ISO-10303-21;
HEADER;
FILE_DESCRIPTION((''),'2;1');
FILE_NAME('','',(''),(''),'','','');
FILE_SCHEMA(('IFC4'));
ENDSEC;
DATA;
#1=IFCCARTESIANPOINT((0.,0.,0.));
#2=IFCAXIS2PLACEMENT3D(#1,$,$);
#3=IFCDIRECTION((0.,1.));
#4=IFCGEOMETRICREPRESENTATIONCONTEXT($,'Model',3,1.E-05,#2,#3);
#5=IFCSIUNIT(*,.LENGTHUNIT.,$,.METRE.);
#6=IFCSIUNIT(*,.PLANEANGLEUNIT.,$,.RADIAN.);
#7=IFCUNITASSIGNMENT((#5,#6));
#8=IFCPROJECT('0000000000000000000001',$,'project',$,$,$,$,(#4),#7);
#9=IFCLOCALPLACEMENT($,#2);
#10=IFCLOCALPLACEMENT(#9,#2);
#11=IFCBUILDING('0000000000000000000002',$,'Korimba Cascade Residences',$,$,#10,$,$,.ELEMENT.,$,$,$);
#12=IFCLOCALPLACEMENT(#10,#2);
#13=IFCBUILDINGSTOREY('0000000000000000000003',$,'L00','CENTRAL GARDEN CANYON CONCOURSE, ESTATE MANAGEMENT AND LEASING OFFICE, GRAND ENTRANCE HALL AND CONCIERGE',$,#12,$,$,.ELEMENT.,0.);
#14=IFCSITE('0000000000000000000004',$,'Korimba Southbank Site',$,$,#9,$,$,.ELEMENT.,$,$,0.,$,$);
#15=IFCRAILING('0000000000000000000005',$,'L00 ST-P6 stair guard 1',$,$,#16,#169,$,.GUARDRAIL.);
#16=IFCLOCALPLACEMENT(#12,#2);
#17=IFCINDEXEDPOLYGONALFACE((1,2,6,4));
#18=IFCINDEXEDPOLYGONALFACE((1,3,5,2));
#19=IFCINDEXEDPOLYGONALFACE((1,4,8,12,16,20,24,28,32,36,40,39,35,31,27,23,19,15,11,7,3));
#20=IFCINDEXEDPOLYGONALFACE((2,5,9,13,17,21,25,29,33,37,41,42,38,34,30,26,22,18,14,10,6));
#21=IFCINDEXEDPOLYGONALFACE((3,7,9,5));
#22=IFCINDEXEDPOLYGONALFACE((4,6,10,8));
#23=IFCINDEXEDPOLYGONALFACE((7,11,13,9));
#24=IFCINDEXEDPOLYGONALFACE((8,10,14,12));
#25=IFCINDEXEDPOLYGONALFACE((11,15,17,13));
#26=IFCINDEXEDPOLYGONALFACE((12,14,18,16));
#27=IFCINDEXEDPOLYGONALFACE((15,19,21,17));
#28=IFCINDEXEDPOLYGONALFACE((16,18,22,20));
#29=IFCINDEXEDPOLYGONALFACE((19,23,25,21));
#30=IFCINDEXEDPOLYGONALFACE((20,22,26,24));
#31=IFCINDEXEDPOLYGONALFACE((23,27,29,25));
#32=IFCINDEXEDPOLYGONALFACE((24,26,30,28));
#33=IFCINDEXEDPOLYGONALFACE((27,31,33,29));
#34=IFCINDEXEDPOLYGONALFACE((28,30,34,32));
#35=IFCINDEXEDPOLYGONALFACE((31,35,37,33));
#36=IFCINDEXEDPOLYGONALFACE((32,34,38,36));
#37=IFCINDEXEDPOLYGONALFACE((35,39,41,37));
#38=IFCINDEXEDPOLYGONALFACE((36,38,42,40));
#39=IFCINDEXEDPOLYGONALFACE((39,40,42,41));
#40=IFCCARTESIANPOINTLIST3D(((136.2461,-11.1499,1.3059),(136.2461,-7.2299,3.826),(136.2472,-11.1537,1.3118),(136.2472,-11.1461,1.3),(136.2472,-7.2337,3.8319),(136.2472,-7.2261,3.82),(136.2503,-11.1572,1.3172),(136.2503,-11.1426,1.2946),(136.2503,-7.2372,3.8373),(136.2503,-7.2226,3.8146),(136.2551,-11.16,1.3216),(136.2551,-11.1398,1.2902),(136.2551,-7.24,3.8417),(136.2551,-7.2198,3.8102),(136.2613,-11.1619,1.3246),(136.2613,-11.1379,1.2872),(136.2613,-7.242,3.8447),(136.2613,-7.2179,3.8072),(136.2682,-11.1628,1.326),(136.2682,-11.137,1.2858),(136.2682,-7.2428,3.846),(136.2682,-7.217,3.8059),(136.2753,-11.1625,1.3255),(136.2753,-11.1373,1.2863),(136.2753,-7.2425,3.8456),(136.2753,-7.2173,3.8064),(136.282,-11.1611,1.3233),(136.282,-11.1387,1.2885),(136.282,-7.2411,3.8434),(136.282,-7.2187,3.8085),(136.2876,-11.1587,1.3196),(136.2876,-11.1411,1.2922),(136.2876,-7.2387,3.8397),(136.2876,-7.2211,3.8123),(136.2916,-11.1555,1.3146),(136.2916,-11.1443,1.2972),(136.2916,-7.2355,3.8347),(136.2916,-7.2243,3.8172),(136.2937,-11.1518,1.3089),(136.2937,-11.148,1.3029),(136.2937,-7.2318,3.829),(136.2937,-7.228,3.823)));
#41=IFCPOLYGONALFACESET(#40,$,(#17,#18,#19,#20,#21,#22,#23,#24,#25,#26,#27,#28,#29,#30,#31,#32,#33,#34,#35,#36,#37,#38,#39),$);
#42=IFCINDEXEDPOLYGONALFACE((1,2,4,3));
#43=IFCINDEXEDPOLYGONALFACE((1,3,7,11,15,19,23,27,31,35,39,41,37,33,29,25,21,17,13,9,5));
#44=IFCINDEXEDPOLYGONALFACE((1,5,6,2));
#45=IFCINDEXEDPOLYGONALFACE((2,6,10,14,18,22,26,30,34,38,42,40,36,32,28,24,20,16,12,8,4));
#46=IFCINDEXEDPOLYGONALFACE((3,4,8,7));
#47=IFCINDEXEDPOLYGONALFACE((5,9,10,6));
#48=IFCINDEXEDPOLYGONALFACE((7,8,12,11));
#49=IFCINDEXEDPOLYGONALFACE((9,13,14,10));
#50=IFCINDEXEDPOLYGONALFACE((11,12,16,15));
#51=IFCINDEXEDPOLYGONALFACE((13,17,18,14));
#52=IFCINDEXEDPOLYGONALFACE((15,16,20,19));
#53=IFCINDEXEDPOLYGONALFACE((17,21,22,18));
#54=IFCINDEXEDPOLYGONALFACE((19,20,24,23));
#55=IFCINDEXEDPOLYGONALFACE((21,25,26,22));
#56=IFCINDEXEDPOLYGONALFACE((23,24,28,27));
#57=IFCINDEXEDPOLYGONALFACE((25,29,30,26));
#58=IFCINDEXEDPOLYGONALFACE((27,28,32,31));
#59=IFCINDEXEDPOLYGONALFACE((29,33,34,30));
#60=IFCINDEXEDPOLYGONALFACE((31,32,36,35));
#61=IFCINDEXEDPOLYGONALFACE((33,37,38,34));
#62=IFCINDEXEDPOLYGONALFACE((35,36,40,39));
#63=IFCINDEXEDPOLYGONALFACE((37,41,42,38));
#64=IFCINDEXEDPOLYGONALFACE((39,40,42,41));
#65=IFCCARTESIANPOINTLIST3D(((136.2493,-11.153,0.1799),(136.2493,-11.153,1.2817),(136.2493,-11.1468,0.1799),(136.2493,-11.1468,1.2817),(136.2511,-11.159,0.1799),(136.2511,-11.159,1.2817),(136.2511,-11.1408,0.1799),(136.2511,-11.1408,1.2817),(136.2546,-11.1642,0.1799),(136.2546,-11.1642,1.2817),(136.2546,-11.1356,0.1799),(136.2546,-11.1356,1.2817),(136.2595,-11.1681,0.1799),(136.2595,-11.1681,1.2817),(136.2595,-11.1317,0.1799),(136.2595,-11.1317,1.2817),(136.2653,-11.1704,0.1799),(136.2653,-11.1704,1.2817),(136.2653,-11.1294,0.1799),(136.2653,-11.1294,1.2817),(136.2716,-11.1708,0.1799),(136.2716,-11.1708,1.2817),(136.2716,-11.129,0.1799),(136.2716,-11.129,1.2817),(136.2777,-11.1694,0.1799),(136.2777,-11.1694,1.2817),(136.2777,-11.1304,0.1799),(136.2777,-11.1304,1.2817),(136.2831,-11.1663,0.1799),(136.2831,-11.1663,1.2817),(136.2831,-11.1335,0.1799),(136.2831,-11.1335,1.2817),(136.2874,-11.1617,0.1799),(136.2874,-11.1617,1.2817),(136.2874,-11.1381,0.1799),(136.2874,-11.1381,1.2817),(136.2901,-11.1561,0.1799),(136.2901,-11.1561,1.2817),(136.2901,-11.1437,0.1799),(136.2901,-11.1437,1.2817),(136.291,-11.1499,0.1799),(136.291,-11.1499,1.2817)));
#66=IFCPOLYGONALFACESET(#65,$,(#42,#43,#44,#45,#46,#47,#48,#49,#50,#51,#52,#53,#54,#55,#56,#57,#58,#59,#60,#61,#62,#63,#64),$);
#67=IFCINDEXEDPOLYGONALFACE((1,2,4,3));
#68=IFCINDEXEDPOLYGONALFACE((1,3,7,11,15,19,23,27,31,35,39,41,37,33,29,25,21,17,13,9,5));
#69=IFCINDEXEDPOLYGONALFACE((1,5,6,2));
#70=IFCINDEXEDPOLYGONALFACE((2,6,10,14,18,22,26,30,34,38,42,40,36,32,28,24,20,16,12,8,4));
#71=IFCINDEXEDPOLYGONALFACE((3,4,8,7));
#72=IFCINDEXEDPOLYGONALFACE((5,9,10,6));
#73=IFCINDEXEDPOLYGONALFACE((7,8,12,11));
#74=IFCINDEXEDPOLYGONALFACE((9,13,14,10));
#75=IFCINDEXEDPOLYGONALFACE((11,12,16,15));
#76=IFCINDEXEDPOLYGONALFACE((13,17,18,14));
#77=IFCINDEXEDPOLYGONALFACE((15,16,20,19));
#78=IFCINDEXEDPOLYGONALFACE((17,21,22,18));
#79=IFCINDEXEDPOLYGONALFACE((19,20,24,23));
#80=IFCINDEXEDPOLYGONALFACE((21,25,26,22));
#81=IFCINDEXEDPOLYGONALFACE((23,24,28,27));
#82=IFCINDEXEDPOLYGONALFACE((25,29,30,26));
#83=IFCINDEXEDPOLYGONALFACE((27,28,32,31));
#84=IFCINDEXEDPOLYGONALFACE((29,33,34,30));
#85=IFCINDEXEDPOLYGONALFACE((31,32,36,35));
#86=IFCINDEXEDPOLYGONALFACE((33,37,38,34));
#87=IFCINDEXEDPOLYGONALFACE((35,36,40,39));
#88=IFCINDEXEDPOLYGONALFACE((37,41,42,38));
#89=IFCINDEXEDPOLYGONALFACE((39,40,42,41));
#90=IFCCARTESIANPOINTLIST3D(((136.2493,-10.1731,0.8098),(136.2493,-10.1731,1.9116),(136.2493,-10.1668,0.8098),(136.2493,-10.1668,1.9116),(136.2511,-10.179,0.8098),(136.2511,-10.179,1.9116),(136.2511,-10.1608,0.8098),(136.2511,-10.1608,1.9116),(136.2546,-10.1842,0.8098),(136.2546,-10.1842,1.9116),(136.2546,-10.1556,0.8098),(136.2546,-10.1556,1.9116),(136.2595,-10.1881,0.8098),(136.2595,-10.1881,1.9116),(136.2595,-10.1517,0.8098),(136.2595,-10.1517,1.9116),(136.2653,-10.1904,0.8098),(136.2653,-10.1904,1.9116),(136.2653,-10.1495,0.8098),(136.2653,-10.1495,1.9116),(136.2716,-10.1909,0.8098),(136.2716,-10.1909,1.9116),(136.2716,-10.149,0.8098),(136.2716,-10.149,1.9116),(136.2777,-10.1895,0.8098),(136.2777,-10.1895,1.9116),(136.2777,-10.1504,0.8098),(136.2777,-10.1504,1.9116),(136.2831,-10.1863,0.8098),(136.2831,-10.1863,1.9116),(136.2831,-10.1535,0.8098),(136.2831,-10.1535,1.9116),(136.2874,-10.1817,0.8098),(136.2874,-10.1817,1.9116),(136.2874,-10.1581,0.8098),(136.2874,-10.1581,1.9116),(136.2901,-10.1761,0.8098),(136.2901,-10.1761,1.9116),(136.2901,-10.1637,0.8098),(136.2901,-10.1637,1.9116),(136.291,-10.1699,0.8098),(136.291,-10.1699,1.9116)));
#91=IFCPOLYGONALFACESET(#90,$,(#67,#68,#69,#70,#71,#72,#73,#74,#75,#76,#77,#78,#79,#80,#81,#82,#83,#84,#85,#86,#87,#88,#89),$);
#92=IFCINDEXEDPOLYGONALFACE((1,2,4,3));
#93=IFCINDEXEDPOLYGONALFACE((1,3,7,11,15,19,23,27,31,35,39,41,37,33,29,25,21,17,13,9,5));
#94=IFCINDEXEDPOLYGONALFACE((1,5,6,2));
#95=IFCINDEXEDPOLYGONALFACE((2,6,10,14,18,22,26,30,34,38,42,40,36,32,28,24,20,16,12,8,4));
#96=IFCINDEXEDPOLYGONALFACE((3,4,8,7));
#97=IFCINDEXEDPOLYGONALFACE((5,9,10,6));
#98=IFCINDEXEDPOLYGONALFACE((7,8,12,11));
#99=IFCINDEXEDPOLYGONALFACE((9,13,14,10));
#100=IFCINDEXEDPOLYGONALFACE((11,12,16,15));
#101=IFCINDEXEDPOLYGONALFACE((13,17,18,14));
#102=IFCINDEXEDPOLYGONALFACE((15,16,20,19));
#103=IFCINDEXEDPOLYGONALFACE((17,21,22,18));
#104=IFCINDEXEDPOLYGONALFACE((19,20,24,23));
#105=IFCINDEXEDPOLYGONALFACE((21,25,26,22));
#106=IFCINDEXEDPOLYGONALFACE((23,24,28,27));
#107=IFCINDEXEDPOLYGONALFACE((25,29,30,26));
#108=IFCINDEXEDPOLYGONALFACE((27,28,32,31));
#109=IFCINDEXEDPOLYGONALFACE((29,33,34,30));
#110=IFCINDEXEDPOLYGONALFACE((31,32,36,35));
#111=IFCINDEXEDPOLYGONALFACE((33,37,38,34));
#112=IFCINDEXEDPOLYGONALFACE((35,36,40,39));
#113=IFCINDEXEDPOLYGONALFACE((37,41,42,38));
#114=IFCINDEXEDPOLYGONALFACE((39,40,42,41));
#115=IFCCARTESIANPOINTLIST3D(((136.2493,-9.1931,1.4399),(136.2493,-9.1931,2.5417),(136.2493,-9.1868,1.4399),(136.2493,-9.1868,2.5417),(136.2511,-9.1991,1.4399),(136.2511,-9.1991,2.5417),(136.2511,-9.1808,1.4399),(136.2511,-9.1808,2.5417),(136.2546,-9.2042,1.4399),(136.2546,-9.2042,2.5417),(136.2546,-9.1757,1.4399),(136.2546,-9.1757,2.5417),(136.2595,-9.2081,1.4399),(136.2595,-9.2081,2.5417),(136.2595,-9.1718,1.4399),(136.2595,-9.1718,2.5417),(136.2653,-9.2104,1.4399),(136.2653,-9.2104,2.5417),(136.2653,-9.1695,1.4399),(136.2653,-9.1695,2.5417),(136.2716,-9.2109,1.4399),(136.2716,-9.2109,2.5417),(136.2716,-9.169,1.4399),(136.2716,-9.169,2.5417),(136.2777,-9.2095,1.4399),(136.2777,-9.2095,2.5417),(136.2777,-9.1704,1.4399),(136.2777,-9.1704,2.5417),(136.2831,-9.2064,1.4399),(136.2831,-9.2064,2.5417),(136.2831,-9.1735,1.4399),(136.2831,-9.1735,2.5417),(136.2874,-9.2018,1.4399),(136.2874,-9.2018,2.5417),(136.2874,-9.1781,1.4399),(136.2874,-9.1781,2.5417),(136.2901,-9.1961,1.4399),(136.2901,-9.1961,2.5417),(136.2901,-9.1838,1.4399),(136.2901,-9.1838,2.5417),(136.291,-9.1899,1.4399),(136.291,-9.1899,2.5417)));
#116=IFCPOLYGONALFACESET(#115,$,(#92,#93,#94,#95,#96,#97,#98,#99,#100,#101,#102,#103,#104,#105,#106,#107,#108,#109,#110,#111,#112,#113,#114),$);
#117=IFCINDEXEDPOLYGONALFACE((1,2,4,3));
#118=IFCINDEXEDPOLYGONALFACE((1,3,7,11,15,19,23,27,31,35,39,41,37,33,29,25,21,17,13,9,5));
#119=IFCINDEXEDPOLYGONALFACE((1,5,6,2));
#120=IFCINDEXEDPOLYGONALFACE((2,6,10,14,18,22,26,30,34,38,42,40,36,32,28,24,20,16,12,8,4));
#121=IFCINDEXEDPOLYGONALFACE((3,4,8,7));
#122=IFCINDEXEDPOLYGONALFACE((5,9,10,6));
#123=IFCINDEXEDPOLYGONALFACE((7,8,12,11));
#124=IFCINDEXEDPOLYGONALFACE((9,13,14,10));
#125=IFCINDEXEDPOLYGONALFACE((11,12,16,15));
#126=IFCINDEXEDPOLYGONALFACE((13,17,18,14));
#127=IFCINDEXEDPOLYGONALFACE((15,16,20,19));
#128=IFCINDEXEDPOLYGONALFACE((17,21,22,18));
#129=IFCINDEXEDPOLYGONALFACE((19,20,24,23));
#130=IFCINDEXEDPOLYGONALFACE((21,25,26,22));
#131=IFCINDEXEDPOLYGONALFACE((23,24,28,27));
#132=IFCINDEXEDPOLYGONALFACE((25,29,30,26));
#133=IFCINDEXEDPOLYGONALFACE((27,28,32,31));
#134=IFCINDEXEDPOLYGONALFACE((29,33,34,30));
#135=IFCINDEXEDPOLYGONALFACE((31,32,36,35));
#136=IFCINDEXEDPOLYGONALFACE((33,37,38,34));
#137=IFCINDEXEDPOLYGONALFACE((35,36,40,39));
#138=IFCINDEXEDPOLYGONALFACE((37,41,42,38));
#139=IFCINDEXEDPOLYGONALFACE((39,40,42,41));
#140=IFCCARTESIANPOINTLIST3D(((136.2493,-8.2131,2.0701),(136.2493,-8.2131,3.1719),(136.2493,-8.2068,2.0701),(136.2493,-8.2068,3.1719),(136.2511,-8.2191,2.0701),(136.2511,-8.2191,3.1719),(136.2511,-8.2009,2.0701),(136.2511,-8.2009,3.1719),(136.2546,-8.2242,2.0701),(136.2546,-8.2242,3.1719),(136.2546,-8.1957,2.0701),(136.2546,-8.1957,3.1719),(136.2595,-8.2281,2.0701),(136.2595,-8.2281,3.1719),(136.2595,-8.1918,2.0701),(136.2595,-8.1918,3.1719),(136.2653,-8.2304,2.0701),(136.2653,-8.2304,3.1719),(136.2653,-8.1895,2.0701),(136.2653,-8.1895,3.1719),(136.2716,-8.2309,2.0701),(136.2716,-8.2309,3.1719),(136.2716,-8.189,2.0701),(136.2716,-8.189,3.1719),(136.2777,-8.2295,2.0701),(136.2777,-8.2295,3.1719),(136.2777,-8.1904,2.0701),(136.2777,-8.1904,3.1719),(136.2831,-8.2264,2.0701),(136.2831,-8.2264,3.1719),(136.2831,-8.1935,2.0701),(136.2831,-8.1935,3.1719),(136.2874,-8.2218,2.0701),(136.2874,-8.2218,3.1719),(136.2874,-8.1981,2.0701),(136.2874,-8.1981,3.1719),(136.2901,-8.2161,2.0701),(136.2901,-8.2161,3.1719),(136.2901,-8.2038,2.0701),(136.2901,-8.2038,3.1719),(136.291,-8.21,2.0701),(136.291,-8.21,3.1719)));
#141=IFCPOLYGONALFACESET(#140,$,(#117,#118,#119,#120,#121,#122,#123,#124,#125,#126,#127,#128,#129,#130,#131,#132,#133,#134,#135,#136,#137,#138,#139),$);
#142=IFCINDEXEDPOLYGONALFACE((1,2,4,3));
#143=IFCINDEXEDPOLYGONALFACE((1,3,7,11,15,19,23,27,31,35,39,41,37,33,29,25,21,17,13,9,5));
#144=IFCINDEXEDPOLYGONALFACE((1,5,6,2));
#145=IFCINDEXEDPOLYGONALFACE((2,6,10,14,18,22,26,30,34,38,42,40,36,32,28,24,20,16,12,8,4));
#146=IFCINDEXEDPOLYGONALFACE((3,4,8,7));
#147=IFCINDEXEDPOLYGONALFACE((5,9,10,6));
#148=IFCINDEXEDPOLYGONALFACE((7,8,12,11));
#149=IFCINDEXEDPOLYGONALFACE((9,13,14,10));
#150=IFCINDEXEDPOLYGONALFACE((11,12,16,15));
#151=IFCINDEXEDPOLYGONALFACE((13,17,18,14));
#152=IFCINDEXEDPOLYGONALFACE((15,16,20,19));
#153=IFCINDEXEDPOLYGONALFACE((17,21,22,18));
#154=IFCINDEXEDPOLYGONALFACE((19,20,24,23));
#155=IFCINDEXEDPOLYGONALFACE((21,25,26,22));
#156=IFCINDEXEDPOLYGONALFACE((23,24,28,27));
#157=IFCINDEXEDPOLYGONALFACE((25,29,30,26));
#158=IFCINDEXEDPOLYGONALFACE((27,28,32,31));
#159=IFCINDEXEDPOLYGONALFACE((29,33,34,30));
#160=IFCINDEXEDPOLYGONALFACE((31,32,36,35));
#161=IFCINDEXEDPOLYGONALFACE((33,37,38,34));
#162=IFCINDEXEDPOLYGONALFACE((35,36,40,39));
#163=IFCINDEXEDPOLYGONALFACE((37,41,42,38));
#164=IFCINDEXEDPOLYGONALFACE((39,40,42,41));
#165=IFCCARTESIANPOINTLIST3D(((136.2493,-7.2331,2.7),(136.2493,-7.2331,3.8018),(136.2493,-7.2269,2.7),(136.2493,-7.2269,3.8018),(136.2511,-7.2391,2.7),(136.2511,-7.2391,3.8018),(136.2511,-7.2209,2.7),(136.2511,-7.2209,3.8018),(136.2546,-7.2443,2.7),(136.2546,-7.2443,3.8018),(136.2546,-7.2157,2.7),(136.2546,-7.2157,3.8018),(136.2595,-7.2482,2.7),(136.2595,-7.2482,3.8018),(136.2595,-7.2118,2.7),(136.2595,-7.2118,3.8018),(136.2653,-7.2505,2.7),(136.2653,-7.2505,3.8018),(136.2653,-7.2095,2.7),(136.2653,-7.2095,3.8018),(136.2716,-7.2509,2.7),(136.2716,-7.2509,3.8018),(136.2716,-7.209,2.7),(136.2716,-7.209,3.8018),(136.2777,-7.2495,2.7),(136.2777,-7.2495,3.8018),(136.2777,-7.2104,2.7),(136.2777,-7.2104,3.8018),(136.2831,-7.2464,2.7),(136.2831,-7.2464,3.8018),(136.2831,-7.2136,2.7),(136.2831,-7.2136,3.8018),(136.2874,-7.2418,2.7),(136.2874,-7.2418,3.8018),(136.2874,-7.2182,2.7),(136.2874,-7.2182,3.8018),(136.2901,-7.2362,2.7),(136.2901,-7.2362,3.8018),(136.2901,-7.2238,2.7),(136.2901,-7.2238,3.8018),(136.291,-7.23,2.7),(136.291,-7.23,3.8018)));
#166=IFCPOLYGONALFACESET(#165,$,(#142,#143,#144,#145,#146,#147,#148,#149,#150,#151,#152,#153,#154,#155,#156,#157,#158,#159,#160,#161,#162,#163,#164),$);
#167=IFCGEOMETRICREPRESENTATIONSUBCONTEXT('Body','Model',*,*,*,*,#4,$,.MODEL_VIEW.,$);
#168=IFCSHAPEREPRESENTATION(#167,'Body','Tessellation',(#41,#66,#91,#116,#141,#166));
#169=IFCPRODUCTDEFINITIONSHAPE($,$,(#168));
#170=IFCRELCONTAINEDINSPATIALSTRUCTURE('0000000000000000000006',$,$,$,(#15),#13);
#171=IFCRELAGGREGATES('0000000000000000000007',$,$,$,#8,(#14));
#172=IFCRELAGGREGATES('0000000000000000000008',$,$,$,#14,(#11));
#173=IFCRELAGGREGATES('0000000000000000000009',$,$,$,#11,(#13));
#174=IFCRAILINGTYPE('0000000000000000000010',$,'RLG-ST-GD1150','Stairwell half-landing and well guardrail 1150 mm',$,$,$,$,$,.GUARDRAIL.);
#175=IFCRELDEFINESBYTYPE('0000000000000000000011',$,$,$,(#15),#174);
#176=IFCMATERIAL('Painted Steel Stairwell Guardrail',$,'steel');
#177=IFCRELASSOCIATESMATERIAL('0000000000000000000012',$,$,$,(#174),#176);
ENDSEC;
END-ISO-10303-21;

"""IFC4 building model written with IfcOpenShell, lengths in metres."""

from ifc_helpers import new_model, si_unit, direction, frame, origin, origin_2d, place, context, subcontext, project, spatial, circle, extrude, material, type_object, element, save


model = new_model("IFC4")

# Units and contexts
model_context = context("Model", 3, precision=1e-05, world=origin(), true_north=direction((0.0, 1.0)))
body_context = subcontext(model_context, "Body", "Model", "MODEL_VIEW")
ifc_project = project(units=[si_unit("LENGTHUNIT", "METRE"), si_unit("PLANEANGLEUNIT", "RADIAN")], contexts=[model_context])

# Site, building, storey
site_placement = place(None, origin())
site = spatial("IfcSite", under=ifc_project, at=site_placement, Name="Korimba Southbank Site", CompositionType="ELEMENT", RefElevation=0.0)
building_placement = place(site_placement, origin())
building = spatial("IfcBuilding", under=site, at=building_placement, Name="Korimba Cascade Residences", CompositionType="ELEMENT")
storey_placement = place(building_placement, origin())
storey = spatial("IfcBuildingStorey", under=building, at=storey_placement, Name="L00", Description="CENTRAL GARDEN CANYON CONCOURSE, ESTATE MANAGEMENT AND LEASING OFFICE, GRAND ENTRANCE HALL AND CONCIERGE", CompositionType="ELEMENT", Elevation=0.0)

# Railing
ifc_material_1 = material(Name="Painted Steel Stairwell Guardrail", Category="steel")
railing_type_1 = type_object("IfcRailingType", Name="RLG-ST-GD1150", Description="Stairwell half-landing and well guardrail 1150 mm", PredefinedType="GUARDRAIL", material=ifc_material_1)
railing_1_placement = place(storey_placement, frame((136.27, -11.1499, 0.1799)))
element("IfcRailing", 1, at=railing_1_placement, inside=storey, type_object=railing_type_1, Name="L00 ST-P6 stair guard 1", PredefinedType="GUARDRAIL", context=body_context, shape_type="SweptSolid", body=[
    extrude(circle(Radius=0.0239, at=origin_2d()), frame((0.0, 0.0, 1.126), z_axis=(0.0, 0.841172, 0.540768), x_axis=(-1.0, 0.0, 0.0)), (0.0, 0.0, 1.0), 4.6602),
    extrude(circle(Radius=0.021, at=origin_2d()), origin(), (0.0, 0.0, 1.0), 1.1018),
    extrude(circle(Radius=0.021, at=origin_2d()), frame((0.0, 0.98, 0.6299)), (0.0, 0.0, 1.0), 1.1018),
    extrude(circle(Radius=0.021, at=origin_2d()), frame((0.0, 1.96, 1.26)), (0.0, 0.0, 1.0), 1.1018),
    extrude(circle(Radius=0.021, at=origin_2d()), frame((0.0, 2.9399, 1.8901)), (0.0, 0.0, 1.0), 1.1018),
    extrude(circle(Radius=0.021, at=origin_2d()), frame((0.0, 3.9199, 2.52)), (0.0, 0.0, 1.0), 1.1018),
])

save(model, "model.ifc")
